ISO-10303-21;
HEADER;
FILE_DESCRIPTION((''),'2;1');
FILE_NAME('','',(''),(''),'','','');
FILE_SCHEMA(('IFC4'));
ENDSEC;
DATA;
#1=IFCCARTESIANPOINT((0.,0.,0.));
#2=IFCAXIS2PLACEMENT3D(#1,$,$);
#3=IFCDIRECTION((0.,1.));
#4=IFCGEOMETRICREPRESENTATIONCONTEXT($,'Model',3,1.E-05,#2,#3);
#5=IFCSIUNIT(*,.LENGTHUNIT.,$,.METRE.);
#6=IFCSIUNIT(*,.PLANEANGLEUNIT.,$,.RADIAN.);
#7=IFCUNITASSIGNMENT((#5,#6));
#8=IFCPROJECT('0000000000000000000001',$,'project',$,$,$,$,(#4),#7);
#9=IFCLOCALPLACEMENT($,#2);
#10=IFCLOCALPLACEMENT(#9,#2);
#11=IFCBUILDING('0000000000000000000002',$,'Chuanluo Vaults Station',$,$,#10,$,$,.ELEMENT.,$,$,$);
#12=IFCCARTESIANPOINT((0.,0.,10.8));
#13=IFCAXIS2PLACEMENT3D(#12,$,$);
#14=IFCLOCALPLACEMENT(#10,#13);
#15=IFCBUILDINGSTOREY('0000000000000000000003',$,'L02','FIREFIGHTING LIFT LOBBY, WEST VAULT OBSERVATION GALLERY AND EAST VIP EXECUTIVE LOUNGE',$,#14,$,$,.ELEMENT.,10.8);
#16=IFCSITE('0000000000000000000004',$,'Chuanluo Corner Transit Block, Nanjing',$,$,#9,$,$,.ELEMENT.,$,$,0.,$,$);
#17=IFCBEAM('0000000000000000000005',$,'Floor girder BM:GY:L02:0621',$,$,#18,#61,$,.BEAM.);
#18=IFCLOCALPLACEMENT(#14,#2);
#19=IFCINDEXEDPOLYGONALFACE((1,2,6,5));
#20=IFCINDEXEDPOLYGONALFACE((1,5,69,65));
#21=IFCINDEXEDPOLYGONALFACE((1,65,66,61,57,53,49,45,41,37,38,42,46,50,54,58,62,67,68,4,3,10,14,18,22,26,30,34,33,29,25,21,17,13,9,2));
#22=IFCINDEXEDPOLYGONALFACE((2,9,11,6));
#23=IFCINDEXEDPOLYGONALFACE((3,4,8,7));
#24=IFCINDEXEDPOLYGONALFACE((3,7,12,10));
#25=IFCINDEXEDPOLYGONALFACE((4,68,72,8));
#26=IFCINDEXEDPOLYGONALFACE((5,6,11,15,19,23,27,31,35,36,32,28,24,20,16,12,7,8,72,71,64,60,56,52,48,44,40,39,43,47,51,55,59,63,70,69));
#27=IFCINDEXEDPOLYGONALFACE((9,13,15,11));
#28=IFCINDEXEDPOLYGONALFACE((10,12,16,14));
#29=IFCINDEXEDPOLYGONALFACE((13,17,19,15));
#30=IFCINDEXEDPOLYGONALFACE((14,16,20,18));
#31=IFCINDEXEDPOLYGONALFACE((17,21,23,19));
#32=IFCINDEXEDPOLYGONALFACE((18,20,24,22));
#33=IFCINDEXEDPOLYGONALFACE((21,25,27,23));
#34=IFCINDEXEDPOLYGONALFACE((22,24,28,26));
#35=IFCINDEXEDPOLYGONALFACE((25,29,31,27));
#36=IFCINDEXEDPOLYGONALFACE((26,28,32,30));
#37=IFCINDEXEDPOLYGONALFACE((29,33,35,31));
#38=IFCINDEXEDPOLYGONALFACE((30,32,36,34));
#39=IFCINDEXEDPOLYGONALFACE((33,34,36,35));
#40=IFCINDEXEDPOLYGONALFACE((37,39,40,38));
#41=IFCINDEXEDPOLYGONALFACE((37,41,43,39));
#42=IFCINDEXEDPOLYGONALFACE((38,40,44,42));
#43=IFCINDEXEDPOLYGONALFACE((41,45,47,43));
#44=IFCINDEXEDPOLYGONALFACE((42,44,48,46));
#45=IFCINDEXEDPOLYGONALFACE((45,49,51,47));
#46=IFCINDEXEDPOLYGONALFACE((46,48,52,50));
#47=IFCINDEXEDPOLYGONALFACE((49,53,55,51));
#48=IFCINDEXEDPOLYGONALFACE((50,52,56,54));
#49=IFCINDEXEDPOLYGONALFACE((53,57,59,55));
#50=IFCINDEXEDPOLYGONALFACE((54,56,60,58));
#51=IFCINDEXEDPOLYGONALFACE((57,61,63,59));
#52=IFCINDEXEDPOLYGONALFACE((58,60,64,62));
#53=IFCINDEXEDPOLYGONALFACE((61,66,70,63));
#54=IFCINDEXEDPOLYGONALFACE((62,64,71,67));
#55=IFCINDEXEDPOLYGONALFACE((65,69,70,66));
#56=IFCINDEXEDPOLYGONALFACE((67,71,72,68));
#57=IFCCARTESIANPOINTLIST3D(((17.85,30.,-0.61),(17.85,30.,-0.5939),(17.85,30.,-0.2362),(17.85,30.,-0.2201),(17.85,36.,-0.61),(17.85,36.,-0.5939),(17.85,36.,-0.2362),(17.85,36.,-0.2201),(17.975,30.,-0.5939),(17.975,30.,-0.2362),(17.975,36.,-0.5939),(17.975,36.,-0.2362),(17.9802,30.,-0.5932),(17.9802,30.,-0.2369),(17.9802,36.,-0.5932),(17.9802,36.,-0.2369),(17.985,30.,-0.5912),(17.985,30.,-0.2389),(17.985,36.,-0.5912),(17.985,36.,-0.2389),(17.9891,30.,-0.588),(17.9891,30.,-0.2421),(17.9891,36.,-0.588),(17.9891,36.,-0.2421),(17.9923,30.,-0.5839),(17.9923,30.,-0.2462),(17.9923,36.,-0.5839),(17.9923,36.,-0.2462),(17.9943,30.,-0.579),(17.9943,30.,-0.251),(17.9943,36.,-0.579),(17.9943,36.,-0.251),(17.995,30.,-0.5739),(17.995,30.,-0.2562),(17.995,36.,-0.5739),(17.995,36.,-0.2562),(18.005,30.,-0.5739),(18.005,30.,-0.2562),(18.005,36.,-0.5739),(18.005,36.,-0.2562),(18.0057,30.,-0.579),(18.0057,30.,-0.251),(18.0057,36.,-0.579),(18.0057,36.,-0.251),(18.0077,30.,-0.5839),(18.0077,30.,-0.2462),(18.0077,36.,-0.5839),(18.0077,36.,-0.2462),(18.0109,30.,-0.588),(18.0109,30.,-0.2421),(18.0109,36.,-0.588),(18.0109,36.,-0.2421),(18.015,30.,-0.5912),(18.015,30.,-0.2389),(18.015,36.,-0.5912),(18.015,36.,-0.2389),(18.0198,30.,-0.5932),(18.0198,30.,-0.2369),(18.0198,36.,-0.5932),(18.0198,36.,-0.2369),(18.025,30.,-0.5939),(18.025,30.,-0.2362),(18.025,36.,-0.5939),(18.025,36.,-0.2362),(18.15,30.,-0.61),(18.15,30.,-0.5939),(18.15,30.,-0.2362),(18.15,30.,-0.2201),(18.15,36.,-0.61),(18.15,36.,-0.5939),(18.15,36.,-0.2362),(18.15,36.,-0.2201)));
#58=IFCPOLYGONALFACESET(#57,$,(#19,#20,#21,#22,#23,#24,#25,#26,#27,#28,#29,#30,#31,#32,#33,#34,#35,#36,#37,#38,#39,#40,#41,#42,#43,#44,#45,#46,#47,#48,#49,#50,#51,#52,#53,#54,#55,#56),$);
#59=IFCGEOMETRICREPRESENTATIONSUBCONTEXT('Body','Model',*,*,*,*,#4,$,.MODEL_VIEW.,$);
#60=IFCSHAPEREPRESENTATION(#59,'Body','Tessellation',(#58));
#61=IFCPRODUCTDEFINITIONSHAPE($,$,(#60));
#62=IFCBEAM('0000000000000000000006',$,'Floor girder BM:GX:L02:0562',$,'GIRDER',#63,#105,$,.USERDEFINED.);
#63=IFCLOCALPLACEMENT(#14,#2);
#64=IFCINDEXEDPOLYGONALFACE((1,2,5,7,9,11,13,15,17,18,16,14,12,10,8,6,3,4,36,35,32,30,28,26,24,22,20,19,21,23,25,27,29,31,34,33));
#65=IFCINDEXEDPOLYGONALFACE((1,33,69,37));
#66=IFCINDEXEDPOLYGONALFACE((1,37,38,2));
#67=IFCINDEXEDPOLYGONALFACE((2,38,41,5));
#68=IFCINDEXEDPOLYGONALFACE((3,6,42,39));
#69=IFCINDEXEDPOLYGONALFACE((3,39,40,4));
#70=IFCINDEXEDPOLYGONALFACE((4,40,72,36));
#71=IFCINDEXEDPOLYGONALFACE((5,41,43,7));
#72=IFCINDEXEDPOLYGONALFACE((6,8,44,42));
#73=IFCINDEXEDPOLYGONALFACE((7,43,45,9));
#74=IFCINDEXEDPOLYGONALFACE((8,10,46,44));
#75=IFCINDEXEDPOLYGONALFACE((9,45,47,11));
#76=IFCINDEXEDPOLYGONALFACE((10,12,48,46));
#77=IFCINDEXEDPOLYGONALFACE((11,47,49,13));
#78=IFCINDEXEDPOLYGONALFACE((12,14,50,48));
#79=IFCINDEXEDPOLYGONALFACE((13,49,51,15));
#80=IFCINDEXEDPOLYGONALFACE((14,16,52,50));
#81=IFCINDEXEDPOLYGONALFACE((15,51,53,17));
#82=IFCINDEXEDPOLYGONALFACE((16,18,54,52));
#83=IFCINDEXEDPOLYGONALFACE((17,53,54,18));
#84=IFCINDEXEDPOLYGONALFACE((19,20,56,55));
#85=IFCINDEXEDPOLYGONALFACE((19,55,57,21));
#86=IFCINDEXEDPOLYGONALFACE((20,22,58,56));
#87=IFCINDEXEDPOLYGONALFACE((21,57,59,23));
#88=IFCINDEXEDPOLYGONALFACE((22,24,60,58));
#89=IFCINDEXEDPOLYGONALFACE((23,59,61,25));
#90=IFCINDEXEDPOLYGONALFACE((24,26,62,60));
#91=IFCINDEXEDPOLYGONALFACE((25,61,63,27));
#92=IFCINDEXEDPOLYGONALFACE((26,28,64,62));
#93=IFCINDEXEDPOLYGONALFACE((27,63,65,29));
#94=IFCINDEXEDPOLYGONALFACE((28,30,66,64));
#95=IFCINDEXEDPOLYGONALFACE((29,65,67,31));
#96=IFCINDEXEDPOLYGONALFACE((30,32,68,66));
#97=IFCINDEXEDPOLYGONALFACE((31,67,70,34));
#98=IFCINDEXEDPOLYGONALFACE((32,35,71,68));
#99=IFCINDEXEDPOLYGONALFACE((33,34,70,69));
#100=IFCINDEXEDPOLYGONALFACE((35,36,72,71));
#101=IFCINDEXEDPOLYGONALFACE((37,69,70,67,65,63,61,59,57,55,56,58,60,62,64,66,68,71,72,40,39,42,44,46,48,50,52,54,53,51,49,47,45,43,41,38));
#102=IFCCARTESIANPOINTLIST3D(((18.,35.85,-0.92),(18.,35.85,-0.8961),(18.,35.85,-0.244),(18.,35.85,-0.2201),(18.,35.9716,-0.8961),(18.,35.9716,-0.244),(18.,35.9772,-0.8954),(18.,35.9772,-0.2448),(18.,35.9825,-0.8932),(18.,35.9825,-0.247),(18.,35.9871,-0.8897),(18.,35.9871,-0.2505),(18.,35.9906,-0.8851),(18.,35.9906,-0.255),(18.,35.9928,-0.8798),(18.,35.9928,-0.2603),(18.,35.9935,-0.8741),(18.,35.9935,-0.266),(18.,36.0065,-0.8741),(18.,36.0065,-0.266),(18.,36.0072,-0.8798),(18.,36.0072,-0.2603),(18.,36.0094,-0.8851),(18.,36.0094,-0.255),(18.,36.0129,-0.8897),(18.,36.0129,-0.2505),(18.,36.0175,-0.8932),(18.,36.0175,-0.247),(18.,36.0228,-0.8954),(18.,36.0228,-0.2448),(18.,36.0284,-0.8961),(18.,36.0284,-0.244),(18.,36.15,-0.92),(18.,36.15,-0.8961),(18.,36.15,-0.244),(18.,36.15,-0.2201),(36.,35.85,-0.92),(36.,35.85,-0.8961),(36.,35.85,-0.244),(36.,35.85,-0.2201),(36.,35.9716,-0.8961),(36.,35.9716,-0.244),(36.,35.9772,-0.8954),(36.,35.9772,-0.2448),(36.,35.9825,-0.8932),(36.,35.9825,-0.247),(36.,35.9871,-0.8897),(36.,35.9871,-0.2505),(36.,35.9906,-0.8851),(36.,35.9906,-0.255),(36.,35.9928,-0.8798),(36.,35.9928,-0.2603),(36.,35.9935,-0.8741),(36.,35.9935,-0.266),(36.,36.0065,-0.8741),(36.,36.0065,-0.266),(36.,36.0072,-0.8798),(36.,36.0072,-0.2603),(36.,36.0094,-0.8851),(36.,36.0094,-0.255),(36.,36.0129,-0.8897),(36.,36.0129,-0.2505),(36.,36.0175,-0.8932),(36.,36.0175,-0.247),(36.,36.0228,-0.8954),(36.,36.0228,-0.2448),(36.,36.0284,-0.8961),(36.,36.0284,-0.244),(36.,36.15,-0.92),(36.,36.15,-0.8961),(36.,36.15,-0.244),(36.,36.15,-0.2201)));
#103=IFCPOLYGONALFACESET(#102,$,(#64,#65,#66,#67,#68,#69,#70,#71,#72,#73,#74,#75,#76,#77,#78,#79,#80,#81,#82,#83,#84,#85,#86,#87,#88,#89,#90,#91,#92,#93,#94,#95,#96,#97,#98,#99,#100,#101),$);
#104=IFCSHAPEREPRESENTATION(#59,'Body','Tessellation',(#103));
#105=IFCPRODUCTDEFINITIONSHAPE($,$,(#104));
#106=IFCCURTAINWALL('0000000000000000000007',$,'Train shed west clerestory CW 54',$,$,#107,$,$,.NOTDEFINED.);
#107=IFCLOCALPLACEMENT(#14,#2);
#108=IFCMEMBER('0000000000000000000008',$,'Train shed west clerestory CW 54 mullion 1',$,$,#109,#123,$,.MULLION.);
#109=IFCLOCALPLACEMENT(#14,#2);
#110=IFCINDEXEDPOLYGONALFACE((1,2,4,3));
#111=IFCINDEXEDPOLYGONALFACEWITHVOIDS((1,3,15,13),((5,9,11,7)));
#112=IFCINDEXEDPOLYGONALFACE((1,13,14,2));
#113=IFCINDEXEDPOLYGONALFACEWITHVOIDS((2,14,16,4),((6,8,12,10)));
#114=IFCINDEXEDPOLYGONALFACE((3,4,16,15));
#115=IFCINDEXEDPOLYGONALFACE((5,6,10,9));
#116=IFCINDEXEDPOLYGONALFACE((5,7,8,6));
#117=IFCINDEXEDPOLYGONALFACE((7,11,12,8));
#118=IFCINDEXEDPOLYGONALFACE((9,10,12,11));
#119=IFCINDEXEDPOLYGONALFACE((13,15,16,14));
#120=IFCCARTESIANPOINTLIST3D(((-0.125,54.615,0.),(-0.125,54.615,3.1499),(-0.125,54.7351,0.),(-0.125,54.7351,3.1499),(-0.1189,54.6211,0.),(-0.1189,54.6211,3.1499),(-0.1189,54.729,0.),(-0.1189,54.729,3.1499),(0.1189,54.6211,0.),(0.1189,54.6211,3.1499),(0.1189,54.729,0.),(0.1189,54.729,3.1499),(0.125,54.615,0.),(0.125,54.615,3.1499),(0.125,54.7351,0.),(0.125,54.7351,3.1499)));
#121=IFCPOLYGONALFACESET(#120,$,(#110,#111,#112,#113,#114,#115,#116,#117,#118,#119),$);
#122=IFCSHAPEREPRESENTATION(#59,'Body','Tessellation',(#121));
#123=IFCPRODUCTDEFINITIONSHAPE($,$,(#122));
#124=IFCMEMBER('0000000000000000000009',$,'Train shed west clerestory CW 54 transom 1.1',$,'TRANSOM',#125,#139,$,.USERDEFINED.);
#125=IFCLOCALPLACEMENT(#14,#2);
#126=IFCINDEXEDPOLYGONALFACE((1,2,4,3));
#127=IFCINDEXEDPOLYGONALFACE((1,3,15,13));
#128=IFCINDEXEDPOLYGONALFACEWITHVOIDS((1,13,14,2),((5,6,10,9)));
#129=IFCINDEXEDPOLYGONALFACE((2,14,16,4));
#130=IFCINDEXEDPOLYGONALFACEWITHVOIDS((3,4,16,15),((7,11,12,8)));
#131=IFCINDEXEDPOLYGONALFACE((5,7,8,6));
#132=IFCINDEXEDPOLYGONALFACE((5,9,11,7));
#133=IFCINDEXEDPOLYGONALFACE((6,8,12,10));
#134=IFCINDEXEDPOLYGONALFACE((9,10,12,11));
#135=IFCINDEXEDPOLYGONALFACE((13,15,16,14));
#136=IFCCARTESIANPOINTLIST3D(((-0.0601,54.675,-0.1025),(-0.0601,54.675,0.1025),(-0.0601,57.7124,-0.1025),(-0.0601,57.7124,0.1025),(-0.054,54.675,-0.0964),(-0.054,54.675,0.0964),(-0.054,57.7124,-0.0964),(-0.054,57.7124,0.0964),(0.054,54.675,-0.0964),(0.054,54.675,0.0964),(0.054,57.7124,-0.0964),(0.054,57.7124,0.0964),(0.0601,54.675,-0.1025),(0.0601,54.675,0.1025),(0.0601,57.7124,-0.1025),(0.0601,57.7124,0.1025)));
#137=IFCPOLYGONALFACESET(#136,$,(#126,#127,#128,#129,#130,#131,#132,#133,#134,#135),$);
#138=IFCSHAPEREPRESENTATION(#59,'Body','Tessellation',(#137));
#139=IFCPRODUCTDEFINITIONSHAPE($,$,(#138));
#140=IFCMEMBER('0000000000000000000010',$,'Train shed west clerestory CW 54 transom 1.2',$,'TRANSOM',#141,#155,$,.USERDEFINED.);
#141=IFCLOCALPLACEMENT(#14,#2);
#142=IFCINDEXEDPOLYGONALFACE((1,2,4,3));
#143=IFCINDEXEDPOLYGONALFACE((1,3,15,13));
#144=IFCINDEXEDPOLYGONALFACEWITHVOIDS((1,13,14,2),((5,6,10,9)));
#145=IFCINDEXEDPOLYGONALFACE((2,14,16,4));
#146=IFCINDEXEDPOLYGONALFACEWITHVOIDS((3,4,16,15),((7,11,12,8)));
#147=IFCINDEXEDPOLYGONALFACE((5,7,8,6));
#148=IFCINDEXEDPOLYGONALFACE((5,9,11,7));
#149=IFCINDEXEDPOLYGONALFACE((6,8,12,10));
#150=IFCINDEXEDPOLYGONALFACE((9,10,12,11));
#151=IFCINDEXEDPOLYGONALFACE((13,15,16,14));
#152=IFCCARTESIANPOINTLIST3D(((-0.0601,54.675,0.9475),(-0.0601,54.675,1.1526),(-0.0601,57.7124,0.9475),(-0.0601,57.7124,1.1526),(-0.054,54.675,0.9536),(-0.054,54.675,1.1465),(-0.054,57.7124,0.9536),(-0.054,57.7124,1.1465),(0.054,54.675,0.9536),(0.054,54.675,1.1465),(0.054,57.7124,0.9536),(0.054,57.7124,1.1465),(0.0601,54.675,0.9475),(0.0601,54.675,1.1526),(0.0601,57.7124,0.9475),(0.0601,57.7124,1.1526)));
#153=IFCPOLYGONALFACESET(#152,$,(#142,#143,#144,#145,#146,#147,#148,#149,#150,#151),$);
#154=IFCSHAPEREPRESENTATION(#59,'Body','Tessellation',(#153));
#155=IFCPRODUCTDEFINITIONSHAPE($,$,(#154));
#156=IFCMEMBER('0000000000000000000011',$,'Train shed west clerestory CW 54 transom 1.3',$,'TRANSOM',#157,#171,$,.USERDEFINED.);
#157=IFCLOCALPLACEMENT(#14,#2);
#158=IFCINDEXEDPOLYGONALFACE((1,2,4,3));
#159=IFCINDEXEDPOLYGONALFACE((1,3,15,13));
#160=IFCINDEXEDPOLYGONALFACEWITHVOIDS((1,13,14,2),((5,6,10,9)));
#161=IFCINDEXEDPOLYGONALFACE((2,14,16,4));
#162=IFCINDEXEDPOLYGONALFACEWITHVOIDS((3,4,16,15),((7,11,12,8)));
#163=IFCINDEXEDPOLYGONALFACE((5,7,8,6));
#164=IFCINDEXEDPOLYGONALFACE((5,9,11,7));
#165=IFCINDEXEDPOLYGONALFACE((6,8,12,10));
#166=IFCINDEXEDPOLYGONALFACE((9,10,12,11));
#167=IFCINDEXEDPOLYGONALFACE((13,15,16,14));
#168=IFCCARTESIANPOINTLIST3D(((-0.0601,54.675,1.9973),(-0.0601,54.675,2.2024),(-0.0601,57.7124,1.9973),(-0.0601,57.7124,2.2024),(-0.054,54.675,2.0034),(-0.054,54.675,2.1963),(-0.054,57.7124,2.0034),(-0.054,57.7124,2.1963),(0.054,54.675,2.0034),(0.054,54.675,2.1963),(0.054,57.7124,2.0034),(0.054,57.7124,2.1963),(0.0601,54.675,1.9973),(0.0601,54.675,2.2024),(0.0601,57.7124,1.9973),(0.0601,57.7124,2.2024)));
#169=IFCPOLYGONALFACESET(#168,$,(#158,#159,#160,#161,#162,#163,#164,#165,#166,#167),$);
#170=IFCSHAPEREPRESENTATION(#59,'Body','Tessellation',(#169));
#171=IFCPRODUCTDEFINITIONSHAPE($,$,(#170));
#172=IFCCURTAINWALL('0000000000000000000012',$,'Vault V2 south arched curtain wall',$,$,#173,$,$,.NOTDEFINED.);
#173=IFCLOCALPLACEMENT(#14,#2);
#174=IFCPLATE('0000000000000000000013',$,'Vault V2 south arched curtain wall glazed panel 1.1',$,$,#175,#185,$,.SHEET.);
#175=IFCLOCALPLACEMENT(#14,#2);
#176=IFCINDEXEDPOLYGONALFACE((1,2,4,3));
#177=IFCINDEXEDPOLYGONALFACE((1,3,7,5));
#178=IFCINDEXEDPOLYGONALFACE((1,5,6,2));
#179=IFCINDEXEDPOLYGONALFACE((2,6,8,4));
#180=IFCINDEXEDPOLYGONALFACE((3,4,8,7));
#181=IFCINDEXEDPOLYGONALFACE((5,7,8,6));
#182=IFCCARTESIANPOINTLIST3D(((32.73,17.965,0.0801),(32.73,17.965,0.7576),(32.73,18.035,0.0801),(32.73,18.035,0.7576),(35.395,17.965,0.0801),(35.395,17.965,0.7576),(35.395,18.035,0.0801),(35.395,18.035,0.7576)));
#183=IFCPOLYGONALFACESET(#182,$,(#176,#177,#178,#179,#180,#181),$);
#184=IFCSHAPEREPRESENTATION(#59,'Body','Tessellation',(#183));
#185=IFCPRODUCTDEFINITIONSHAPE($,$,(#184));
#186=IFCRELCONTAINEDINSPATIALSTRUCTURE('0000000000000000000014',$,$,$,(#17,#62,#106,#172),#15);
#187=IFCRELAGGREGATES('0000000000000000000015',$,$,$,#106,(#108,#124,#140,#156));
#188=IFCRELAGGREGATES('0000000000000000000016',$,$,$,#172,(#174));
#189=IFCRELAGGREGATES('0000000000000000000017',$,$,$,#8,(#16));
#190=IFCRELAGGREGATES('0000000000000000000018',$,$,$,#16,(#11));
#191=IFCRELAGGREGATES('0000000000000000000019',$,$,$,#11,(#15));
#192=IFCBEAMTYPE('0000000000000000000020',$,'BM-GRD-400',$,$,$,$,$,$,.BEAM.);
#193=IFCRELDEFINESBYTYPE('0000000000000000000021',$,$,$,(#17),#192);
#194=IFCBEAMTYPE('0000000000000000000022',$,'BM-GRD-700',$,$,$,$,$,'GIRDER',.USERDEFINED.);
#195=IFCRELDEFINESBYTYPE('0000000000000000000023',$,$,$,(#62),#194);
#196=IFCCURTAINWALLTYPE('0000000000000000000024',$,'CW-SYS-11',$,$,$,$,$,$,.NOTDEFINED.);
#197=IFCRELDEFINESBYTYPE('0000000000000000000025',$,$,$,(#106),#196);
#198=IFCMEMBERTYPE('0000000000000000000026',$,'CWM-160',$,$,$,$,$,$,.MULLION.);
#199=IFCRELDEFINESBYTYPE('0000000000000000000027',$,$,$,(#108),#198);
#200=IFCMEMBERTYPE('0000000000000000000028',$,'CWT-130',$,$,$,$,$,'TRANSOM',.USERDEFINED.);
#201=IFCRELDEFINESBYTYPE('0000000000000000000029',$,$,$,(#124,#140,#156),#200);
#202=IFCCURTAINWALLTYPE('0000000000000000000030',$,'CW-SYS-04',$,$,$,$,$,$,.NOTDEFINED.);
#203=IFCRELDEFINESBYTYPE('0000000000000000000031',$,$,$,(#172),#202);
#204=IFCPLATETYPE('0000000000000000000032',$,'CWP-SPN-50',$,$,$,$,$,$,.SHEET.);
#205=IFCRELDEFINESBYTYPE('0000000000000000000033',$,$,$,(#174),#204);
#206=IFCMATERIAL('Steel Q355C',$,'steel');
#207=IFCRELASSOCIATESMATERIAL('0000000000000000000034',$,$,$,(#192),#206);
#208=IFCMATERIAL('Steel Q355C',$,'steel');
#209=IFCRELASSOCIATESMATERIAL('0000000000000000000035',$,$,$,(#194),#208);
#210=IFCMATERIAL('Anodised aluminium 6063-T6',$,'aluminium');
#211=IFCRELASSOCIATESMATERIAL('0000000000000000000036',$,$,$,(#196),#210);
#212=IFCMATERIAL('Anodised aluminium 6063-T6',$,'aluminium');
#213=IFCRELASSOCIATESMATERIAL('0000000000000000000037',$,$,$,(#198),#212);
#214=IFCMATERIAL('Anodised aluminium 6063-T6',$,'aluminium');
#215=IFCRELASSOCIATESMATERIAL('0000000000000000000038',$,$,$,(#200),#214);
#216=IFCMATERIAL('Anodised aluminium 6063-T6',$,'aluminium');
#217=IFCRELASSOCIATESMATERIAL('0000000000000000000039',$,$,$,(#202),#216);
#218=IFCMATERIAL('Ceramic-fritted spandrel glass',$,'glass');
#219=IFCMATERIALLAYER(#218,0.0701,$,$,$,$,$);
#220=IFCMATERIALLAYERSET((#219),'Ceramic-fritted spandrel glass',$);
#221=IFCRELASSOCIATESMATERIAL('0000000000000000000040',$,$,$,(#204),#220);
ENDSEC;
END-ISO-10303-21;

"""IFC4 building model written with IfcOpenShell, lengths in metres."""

from ifc_helpers import new_model, si_unit, direction, frame, origin, origin_2d, place, context, subcontext, project, spatial, rectangle, hollow_rectangle, i_section, extrude, material, layer, layer_set, material_profile, profile_set, type_object, element, aggregate, save


model = new_model("IFC4")

# Units and contexts
model_context = context("Model", 3, precision=1e-05, world=origin(), true_north=direction((0.0, 1.0)))
body_context = subcontext(model_context, "Body", "Model", "MODEL_VIEW")
ifc_project = project(units=[si_unit("LENGTHUNIT", "METRE"), si_unit("PLANEANGLEUNIT", "RADIAN")], contexts=[model_context])

# Site, building, storey
site_placement = place(None, origin())
site = spatial("IfcSite", under=ifc_project, at=site_placement, Name="Chuanluo Corner Transit Block, Nanjing", CompositionType="ELEMENT", RefElevation=0.0)
building_placement = place(site_placement, origin())
building = spatial("IfcBuilding", under=site, at=building_placement, Name="Chuanluo Vaults Station", CompositionType="ELEMENT")
storey_placement = place(building_placement, frame((0.0, 0.0, 10.8)))
storey = spatial("IfcBuildingStorey", under=building, at=storey_placement, Name="L02", Description="FIREFIGHTING LIFT LOBBY, WEST VAULT OBSERVATION GALLERY AND EAST VIP EXECUTIVE LOUNGE", CompositionType="ELEMENT", Elevation=10.8)

# Beams
ifc_material_1 = material(Name="Steel Q355C", Category="steel")
ifc_material_profile_1 = material_profile(ifc_material_1, i_section(OverallWidth=0.3, OverallDepth=0.3899, WebThickness=0.01, FlangeThickness=0.0161, FilletRadius=0.02, at=origin_2d()))
ifc_profile_set_1 = profile_set([ifc_material_profile_1], Name="Steel Q355C")
beam_type_1 = type_object("IfcBeamType", Name="BM-GRD-400", PredefinedType="BEAM", material=ifc_profile_set_1)
beam_1_placement = place(storey_placement, frame((18.0, 30.0, -0.415), z_axis=(0.0, 1.0, 0.0), x_axis=(-1.0, 0.0, 0.0)))
element("IfcBeam", 1, at=beam_1_placement, inside=storey, type_object=beam_type_1, Name="Floor girder BM:GY:L02:0621", PredefinedType="BEAM", context=body_context, shape_type="SweptSolid", body=[
    extrude(i_section(OverallWidth=0.3, OverallDepth=0.3899, WebThickness=0.01, FlangeThickness=0.0161, FilletRadius=0.02, at=origin_2d()), origin(), (0.0, 0.0, 1.0), 6.0),
])
ifc_material_2 = material(Name="Steel Q355C", Category="steel")
ifc_material_profile_2 = material_profile(ifc_material_2, i_section(OverallWidth=0.3, OverallDepth=0.7, WebThickness=0.0129, FlangeThickness=0.0239, FilletRadius=0.022, at=origin_2d()))
ifc_profile_set_2 = profile_set([ifc_material_profile_2], Name="Steel Q355C")
beam_type_2 = type_object("IfcBeamType", Name="BM-GRD-700", ElementType="GIRDER", PredefinedType="USERDEFINED", material=ifc_profile_set_2)
beam_2_placement = place(storey_placement, frame((18.0, 36.0, -0.5701), z_axis=(1.0, 0.0, 0.0), x_axis=(0.0, 1.0, 0.0)))
element("IfcBeam", 2, at=beam_2_placement, inside=storey, type_object=beam_type_2, Name="Floor girder BM:GX:L02:0562", ObjectType="GIRDER", PredefinedType="USERDEFINED", context=body_context, shape_type="SweptSolid", body=[
    extrude(i_section(OverallWidth=0.3, OverallDepth=0.7, WebThickness=0.0129, FlangeThickness=0.0239, FilletRadius=0.022, at=origin_2d()), origin(), (0.0, 0.0, 1.0), 18.0),
])

# Curtain wall, members
ifc_material_3 = material(Name="Anodised aluminium 6063-T6", Category="aluminium")
curtain_wall_type_1 = type_object("IfcCurtainWallType", Name="CW-SYS-11", PredefinedType="NOTDEFINED", material=ifc_material_3)
curtain_wall_1_placement = place(storey_placement, origin())
curtain_wall_1 = element("IfcCurtainWall", 3, at=curtain_wall_1_placement, inside=storey, type_object=curtain_wall_type_1, Name="Train shed west clerestory CW 54", PredefinedType="NOTDEFINED")
ifc_material_4 = material(Name="Anodised aluminium 6063-T6", Category="aluminium")
ifc_material_profile_3 = material_profile(ifc_material_4, hollow_rectangle(XDim=0.1201, YDim=0.25, WallThickness=0.0061, at=origin_2d()))
ifc_profile_set_3 = profile_set([ifc_material_profile_3], Name="Anodised aluminium 6063-T6")
member_type_1 = type_object("IfcMemberType", Name="CWM-160", PredefinedType="MULLION", material=ifc_profile_set_3)
member_1_placement = place(storey_placement, frame((0.0, 54.675, 0.0), z_axis=(0.0, 0.0, 1.0), x_axis=(0.0, 1.0, 0.0)))
member_1 = element("IfcMember", 4, at=member_1_placement, type_object=member_type_1, Name="Train shed west clerestory CW 54 mullion 1", PredefinedType="MULLION", context=body_context, shape_type="SweptSolid", body=[
    extrude(hollow_rectangle(XDim=0.1201, YDim=0.25, WallThickness=0.0061, at=origin_2d()), origin(), (0.0, 0.0, 1.0), 3.1499),
])
ifc_material_5 = material(Name="Anodised aluminium 6063-T6", Category="aluminium")
ifc_material_profile_4 = material_profile(ifc_material_5, hollow_rectangle(XDim=0.1201, YDim=0.2051, WallThickness=0.0061, at=origin_2d()))
ifc_profile_set_4 = profile_set([ifc_material_profile_4], Name="Anodised aluminium 6063-T6")
member_type_2 = type_object("IfcMemberType", Name="CWT-130", ElementType="TRANSOM", PredefinedType="USERDEFINED", material=ifc_profile_set_4)
member_2_placement = place(storey_placement, frame((0.0, 54.675, 0.0), z_axis=(0.0, 1.0, 0.0), x_axis=(-1.0, 0.0, 0.0)))
member_2 = element("IfcMember", 5, at=member_2_placement, type_object=member_type_2, Name="Train shed west clerestory CW 54 transom 1.1", ObjectType="TRANSOM", PredefinedType="USERDEFINED", context=body_context, shape_type="SweptSolid", body=[
    extrude(hollow_rectangle(XDim=0.1201, YDim=0.2051, WallThickness=0.0061, at=origin_2d()), origin(), (0.0, 0.0, 1.0), 3.0374),
])
member_3_placement = place(storey_placement, frame((0.0, 54.675, 1.05), z_axis=(0.0, 1.0, 0.0), x_axis=(-1.0, 0.0, 0.0)))
member_3 = element("IfcMember", 6, at=member_3_placement, type_object=member_type_2, Name="Train shed west clerestory CW 54 transom 1.2", ObjectType="TRANSOM", PredefinedType="USERDEFINED", context=body_context, shape_type="SweptSolid", body=[
    extrude(hollow_rectangle(XDim=0.1201, YDim=0.2051, WallThickness=0.0061, at=origin_2d()), origin(), (0.0, 0.0, 1.0), 3.0374),
])
member_4_placement = place(storey_placement, frame((0.0, 54.675, 2.0999), z_axis=(0.0, 1.0, 0.0), x_axis=(-1.0, 0.0, 0.0)))
member_4 = element("IfcMember", 7, at=member_4_placement, type_object=member_type_2, Name="Train shed west clerestory CW 54 transom 1.3", ObjectType="TRANSOM", PredefinedType="USERDEFINED", context=body_context, shape_type="SweptSolid", body=[
    extrude(hollow_rectangle(XDim=0.1201, YDim=0.2051, WallThickness=0.0061, at=origin_2d()), origin(), (0.0, 0.0, 1.0), 3.0374),
])
aggregate(curtain_wall_1, [member_1, member_2, member_3, member_4])

# Curtain wall, plate
ifc_material_6 = material(Name="Anodised aluminium 6063-T6", Category="aluminium")
curtain_wall_type_2 = type_object("IfcCurtainWallType", Name="CW-SYS-04", PredefinedType="NOTDEFINED", material=ifc_material_6)
curtain_wall_2_placement = place(storey_placement, origin())
curtain_wall_2 = element("IfcCurtainWall", 8, at=curtain_wall_2_placement, inside=storey, type_object=curtain_wall_type_2, Name="Vault V2 south arched curtain wall", PredefinedType="NOTDEFINED")
ifc_material_7 = material(Name="Ceramic-fritted spandrel glass", Category="glass")
ifc_layer_1 = layer(ifc_material_7, 0.0701)
ifc_layer_set_1 = layer_set([ifc_layer_1], Name="Ceramic-fritted spandrel glass")
plate_type_1 = type_object("IfcPlateType", Name="CWP-SPN-50", PredefinedType="SHEET", material=ifc_layer_set_1)
plate_1_placement = place(storey_placement, frame((34.0625, 18.0, 0.0801), z_axis=(0.0, 0.0, 1.0), x_axis=(-1.0, 0.0, 0.0)))
plate_1 = element("IfcPlate", 9, at=plate_1_placement, type_object=plate_type_1, Name="Vault V2 south arched curtain wall glazed panel 1.1", PredefinedType="SHEET", context=body_context, shape_type="SweptSolid", body=[
    extrude(rectangle(XDim=2.665, YDim=0.0701, at=origin_2d()), origin(), (0.0, 0.0, 1.0), 0.6775),
])
aggregate(curtain_wall_2, [plate_1])

save(model, "model.ifc")
